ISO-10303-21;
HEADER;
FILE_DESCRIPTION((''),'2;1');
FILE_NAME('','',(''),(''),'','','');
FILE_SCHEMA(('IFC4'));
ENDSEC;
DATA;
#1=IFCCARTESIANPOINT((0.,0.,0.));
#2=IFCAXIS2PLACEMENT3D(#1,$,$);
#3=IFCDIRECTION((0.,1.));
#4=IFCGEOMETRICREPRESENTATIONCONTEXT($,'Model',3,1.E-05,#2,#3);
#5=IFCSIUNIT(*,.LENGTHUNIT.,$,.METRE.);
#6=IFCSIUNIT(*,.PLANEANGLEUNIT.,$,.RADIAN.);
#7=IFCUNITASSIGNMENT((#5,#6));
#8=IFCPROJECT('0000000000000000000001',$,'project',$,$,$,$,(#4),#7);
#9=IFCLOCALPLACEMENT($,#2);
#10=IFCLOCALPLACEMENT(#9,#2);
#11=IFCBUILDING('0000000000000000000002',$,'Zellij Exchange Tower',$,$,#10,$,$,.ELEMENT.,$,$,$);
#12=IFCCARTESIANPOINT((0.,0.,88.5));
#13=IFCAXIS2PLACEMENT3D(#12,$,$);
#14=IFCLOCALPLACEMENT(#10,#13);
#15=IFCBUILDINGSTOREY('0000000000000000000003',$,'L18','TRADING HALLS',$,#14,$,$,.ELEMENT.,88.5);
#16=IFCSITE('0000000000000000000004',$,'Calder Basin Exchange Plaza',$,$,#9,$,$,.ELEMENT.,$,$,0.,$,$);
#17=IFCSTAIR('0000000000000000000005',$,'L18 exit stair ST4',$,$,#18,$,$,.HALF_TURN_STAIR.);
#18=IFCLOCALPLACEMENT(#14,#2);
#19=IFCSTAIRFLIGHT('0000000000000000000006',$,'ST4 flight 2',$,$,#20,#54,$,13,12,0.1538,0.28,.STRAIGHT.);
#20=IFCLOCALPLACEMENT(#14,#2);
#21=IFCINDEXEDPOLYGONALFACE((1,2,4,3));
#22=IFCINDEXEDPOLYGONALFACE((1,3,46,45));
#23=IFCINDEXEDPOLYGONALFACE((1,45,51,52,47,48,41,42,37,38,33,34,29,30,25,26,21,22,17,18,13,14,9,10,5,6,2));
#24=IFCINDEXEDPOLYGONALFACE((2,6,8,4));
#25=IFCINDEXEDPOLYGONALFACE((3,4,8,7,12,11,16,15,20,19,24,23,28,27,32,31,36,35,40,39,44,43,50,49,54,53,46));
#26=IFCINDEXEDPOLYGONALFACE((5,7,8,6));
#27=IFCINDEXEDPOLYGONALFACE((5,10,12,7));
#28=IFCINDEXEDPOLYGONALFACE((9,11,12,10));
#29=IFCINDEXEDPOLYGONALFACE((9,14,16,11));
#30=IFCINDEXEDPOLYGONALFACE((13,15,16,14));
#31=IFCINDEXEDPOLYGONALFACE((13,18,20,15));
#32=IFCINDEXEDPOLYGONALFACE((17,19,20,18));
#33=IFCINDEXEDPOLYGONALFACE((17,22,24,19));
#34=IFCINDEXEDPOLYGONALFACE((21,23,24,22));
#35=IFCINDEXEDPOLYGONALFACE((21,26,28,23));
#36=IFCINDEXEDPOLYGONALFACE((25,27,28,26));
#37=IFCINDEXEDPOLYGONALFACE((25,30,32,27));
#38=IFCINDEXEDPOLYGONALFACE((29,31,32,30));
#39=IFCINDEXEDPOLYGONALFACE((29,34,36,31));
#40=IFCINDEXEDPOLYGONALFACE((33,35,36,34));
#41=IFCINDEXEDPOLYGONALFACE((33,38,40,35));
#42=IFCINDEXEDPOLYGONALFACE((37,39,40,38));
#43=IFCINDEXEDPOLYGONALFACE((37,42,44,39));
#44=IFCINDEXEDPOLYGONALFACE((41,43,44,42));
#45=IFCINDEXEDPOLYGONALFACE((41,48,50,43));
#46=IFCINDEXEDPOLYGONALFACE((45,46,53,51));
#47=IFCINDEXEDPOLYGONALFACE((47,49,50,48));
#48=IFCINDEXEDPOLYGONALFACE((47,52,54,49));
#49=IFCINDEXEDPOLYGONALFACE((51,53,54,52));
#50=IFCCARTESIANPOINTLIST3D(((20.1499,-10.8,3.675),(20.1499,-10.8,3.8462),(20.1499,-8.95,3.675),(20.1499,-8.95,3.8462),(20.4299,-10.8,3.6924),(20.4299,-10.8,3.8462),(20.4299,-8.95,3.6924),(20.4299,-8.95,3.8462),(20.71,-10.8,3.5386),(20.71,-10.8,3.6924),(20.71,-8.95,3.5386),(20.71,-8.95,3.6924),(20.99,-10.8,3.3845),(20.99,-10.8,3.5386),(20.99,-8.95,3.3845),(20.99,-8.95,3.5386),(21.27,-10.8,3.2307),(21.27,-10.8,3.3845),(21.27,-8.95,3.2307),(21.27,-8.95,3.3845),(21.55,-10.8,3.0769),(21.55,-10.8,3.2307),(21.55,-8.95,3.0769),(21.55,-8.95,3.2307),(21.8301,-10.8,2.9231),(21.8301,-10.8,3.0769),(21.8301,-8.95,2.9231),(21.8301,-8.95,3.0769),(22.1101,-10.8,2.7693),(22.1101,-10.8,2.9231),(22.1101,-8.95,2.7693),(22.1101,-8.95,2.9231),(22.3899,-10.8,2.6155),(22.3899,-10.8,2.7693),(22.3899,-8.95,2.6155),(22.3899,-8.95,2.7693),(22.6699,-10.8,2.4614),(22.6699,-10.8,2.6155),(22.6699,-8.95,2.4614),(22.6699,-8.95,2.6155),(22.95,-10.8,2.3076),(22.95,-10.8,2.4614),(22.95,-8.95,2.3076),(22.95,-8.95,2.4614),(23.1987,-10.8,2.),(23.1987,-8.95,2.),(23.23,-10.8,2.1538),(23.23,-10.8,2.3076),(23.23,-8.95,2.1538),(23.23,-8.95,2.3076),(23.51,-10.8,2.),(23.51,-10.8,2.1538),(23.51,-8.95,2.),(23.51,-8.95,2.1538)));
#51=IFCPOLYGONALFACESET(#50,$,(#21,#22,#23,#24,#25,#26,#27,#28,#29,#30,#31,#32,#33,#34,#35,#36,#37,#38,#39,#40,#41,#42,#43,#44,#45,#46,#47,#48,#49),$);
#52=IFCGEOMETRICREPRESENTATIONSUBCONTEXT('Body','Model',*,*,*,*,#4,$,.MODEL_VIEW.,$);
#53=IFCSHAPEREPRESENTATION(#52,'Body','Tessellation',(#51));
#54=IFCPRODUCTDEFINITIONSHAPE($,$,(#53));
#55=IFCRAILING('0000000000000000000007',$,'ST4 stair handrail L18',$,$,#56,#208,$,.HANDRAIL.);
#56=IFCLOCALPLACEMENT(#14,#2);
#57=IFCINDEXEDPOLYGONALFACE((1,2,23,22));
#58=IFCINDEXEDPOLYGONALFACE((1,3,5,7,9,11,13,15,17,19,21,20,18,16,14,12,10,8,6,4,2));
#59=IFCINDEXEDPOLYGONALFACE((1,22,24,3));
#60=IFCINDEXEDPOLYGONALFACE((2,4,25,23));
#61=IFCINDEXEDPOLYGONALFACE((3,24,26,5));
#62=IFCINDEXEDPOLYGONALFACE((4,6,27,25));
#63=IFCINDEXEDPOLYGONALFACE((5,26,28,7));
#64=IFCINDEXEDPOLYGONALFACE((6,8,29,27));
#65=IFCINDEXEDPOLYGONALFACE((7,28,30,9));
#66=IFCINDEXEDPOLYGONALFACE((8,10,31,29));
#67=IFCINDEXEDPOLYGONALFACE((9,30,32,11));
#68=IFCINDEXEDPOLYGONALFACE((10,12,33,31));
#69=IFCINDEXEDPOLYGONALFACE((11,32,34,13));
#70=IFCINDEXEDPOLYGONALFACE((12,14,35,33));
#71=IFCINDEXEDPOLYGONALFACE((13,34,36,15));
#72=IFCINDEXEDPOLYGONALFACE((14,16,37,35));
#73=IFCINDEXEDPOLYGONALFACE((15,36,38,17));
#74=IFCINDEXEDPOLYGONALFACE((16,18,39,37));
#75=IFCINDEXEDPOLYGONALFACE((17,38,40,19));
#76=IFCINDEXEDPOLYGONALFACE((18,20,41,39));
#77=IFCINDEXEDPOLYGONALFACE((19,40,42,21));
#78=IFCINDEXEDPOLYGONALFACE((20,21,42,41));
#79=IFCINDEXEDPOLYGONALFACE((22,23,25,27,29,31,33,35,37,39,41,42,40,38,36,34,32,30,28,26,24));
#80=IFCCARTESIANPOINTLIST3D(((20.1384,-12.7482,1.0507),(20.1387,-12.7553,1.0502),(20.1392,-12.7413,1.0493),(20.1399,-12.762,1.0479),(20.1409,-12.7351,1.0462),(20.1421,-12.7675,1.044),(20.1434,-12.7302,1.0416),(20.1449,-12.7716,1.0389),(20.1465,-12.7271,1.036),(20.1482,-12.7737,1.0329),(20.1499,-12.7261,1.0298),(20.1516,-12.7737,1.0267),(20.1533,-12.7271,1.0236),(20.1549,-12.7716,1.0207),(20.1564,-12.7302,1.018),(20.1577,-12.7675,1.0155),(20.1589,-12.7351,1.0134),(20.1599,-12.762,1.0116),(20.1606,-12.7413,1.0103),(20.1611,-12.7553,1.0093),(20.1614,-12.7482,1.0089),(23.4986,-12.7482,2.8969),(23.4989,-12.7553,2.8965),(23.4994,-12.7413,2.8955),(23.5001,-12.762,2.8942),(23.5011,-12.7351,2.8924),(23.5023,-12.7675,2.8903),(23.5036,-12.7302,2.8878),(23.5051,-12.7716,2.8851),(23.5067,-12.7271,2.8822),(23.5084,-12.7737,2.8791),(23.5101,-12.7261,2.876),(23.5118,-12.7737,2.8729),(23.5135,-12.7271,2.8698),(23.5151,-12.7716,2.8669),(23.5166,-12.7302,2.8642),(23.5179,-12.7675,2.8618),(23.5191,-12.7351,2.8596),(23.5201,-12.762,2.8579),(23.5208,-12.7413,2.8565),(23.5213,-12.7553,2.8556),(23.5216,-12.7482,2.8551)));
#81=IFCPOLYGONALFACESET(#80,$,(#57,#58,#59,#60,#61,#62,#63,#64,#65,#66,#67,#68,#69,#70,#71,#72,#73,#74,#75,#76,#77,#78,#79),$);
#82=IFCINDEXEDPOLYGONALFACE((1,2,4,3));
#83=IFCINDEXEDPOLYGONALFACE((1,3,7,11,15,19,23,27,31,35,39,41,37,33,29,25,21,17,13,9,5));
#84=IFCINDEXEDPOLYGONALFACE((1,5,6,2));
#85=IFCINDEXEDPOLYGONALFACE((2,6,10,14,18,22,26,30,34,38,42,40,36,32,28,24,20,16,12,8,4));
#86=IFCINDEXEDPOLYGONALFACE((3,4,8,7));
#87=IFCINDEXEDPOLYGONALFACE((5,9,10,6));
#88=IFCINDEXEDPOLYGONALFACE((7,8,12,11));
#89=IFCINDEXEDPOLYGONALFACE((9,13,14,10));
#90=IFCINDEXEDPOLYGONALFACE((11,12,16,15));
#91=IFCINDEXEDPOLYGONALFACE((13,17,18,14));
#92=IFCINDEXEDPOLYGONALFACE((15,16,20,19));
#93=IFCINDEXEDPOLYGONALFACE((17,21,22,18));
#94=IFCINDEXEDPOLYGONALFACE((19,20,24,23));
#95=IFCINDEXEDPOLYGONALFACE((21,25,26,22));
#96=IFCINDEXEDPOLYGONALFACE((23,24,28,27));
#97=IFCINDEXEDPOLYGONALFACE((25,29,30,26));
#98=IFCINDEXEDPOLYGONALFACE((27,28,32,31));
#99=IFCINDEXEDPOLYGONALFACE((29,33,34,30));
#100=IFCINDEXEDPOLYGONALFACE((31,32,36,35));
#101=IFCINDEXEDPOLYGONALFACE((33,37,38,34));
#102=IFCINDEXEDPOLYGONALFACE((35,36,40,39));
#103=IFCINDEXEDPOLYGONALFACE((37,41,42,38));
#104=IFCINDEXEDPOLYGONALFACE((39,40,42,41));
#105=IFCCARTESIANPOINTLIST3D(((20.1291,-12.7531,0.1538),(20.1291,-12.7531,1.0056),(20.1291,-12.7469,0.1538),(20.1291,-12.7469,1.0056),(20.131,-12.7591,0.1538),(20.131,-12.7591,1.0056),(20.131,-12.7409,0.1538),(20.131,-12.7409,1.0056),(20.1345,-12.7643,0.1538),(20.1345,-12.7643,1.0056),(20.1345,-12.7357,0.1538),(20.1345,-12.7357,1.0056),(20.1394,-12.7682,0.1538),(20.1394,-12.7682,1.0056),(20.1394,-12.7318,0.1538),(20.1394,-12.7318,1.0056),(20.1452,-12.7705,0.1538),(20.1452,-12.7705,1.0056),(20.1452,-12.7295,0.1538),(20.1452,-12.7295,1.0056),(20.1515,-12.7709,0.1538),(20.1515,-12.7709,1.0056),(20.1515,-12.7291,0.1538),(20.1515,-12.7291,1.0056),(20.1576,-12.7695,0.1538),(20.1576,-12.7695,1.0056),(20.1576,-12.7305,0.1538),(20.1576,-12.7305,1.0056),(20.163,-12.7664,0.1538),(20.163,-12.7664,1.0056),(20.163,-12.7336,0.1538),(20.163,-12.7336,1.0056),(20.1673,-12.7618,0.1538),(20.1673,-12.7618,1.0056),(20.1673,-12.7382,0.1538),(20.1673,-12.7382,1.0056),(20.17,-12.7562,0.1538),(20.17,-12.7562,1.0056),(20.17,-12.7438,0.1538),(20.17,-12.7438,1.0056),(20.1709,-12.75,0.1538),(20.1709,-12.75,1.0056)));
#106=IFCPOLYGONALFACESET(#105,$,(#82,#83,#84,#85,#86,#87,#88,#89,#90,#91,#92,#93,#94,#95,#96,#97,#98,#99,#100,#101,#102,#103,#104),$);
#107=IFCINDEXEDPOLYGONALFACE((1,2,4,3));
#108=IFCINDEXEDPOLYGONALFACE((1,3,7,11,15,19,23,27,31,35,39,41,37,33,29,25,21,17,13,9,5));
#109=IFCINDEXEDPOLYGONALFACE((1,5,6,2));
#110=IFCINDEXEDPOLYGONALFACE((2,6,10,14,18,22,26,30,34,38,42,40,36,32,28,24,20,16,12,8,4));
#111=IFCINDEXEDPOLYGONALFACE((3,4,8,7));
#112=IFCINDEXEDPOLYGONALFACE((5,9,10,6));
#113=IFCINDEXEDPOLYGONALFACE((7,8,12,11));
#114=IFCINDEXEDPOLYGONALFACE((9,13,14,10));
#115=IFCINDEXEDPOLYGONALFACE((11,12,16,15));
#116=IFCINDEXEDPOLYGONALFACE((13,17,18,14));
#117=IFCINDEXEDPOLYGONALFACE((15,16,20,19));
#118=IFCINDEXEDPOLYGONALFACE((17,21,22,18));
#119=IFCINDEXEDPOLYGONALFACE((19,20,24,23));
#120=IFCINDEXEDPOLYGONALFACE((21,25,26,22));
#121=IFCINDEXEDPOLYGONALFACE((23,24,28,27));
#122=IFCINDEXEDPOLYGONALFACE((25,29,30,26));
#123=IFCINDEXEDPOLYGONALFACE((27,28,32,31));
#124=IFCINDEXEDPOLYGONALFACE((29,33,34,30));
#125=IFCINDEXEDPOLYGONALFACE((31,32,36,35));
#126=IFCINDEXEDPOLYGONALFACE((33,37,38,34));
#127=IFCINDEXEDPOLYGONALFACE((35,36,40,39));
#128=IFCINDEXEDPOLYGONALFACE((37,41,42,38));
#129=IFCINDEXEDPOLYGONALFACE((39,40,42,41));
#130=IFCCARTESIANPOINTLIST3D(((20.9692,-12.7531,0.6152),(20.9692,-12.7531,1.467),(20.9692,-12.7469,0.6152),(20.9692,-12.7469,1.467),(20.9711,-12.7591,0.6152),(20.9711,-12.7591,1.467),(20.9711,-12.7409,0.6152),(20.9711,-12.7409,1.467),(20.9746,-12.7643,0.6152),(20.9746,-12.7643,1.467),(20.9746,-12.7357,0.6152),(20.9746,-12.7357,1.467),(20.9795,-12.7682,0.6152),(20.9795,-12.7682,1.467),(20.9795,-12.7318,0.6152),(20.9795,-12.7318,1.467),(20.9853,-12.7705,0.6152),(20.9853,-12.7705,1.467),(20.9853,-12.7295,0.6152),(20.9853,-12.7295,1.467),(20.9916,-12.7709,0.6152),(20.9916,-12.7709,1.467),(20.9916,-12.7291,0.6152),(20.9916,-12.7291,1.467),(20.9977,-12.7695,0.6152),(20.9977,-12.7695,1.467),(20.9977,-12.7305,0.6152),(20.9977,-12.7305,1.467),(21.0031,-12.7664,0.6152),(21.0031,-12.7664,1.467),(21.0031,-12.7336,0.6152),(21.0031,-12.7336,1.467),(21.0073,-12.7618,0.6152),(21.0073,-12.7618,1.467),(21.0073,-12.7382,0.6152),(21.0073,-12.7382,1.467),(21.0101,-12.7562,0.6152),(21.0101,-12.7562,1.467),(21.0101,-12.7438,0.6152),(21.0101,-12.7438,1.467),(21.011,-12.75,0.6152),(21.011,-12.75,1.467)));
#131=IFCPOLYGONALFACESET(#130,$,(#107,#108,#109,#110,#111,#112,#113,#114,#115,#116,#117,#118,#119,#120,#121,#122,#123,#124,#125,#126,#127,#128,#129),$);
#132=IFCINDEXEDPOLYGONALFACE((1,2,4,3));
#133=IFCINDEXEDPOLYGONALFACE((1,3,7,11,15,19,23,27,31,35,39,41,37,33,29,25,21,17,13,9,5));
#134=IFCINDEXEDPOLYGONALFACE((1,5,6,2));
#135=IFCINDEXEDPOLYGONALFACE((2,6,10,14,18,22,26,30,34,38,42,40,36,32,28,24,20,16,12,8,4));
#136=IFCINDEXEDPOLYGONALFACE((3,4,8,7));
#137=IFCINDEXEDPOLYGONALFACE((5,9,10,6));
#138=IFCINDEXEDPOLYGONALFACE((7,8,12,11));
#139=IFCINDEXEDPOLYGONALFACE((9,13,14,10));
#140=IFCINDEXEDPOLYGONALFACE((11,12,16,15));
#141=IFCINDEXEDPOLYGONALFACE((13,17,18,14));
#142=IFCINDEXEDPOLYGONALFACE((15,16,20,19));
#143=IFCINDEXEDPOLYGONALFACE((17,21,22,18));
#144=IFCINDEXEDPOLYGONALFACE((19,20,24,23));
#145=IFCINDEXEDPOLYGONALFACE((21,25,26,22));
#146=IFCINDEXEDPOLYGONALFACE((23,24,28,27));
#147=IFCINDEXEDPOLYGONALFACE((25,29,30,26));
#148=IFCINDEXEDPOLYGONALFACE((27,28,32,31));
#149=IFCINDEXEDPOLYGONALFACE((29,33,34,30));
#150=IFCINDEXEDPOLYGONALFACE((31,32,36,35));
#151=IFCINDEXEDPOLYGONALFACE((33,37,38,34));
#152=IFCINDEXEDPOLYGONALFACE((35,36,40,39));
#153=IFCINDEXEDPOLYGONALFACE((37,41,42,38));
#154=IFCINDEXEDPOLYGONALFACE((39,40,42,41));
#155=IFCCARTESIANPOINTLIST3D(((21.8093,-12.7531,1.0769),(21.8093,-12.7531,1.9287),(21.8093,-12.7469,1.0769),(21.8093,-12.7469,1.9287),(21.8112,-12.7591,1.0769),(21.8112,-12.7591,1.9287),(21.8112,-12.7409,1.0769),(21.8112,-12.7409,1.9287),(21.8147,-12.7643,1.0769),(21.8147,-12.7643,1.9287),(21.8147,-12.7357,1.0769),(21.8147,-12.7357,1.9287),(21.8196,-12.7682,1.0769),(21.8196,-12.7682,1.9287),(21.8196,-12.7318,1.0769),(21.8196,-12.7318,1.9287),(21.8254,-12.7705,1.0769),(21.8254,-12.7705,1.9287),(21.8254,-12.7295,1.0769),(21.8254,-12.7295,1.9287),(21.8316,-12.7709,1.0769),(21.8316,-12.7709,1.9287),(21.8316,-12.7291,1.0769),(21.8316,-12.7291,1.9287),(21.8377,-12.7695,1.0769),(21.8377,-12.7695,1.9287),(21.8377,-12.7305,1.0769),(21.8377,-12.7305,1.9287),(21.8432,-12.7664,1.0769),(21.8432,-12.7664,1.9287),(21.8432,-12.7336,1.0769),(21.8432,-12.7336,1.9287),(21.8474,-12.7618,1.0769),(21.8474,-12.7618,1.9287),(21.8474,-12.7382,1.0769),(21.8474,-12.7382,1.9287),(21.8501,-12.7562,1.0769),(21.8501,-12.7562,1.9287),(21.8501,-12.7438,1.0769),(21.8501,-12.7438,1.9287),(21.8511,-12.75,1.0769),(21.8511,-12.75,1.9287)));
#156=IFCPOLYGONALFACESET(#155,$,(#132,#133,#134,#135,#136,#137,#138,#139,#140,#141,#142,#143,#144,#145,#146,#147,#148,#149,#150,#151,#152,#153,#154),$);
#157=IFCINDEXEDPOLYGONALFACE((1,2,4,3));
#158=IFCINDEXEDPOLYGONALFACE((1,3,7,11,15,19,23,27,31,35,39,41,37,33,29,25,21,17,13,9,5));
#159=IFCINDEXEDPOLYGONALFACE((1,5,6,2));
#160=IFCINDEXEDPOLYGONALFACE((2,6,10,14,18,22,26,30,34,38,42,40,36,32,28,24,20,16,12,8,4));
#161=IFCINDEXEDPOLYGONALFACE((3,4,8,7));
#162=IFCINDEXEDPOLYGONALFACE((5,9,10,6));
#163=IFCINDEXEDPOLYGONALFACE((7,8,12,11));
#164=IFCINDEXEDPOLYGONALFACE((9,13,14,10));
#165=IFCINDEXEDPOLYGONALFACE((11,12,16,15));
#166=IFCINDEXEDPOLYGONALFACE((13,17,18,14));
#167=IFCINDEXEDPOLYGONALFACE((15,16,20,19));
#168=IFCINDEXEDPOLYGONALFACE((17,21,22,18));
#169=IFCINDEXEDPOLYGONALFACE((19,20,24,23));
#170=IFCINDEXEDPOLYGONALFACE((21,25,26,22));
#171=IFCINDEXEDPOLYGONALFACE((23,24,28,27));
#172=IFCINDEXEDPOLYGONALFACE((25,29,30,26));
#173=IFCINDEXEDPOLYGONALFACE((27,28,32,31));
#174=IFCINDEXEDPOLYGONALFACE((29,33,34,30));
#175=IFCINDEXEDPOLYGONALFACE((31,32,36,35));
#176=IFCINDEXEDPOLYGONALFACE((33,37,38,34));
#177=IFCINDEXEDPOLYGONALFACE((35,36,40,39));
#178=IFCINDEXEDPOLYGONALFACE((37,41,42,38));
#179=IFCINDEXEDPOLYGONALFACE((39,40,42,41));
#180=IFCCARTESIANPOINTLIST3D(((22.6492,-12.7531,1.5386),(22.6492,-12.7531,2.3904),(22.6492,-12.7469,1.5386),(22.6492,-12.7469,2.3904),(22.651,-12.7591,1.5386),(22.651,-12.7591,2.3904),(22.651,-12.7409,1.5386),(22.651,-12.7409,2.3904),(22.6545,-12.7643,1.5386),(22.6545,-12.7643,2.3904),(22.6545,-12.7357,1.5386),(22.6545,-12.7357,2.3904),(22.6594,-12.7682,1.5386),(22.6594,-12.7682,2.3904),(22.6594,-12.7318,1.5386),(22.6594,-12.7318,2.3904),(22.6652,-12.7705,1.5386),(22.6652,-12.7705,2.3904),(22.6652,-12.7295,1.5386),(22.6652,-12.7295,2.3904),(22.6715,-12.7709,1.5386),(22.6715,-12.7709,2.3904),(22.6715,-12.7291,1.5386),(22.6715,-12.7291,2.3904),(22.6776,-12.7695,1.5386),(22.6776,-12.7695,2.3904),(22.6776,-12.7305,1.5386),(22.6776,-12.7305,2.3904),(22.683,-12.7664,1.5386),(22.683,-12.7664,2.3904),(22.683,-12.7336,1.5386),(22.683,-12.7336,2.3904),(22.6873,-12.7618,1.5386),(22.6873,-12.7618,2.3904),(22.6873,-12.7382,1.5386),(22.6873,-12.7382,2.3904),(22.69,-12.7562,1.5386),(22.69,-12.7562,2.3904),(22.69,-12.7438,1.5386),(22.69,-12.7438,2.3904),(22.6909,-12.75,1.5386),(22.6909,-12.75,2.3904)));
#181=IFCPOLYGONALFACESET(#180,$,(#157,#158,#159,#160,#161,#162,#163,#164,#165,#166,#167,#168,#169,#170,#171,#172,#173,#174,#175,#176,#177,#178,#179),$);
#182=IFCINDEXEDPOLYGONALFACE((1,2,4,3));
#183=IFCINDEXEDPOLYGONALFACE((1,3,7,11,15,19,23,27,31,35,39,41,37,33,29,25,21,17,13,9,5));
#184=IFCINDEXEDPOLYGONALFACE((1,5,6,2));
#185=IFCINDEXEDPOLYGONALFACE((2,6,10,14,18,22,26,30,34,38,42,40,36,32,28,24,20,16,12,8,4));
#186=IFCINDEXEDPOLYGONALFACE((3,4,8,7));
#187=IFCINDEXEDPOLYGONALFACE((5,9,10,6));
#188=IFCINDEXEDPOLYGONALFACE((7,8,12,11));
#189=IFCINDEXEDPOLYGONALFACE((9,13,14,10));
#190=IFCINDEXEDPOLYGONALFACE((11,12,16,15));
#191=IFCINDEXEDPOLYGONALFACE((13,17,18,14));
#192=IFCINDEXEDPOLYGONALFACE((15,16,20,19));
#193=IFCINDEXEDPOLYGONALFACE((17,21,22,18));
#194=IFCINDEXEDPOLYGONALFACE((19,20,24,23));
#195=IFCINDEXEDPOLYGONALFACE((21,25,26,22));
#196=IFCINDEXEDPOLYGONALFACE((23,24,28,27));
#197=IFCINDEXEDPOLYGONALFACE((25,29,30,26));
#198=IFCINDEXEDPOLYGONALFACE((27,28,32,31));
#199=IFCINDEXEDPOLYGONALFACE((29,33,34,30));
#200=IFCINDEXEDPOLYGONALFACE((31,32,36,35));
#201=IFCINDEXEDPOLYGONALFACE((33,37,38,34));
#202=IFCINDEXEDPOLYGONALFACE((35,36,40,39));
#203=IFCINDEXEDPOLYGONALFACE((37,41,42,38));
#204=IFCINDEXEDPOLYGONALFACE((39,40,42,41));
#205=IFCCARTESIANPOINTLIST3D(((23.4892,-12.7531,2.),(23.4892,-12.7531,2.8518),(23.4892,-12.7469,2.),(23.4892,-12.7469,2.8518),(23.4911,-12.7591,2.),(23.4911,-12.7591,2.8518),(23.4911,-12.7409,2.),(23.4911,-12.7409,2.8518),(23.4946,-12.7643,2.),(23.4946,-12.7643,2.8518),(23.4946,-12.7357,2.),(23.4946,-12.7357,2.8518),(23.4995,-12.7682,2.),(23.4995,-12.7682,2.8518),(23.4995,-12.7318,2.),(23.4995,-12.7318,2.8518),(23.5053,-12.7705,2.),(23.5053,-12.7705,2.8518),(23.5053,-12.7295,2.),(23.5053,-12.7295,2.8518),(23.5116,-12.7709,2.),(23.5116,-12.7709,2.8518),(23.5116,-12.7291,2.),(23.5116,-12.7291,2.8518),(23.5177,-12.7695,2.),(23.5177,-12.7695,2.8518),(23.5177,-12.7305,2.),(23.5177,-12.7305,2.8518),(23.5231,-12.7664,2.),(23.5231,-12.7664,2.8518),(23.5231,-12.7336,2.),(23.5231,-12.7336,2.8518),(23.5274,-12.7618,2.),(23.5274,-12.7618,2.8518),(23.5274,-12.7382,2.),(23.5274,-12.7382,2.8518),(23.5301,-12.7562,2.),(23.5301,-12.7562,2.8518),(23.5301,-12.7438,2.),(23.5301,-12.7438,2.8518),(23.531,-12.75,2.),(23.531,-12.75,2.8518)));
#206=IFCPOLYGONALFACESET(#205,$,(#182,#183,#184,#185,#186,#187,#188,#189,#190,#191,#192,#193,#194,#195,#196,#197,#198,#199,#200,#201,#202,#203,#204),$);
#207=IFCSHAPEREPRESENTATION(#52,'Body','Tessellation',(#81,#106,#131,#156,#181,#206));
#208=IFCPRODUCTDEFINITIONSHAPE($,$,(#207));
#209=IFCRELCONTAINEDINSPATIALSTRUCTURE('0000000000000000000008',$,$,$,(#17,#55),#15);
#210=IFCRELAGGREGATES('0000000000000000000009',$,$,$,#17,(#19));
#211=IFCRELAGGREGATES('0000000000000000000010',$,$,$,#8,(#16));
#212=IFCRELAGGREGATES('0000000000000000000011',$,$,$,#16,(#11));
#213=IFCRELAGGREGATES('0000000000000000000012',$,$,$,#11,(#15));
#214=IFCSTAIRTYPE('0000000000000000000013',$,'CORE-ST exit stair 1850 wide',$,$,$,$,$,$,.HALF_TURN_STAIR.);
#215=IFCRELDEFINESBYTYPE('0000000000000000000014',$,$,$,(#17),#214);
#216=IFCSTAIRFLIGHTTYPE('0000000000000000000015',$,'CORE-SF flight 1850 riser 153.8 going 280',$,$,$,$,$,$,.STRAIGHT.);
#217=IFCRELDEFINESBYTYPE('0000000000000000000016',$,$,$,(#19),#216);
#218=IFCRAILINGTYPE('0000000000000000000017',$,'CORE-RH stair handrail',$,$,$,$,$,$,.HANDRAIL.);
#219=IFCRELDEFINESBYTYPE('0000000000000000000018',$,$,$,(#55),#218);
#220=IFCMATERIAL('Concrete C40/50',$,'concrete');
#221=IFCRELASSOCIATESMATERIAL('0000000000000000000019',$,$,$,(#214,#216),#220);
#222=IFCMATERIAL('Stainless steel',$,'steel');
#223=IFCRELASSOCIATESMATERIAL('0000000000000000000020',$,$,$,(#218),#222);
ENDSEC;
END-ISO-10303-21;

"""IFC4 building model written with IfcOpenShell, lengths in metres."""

from ifc_helpers import new_model, si_unit, direction, frame, origin, origin_2d, place, context, subcontext, project, spatial, polyline, circle, outline, extrude, material, type_object, element, aggregate, save


model = new_model("IFC4")

# Units and contexts
model_context = context("Model", 3, precision=1e-05, world=origin(), true_north=direction((0.0, 1.0)))
body_context = subcontext(model_context, "Body", "Model", "MODEL_VIEW")
ifc_project = project(units=[si_unit("LENGTHUNIT", "METRE"), si_unit("PLANEANGLEUNIT", "RADIAN")], contexts=[model_context])

# Site, building, storey
site_placement = place(None, origin())
site = spatial("IfcSite", under=ifc_project, at=site_placement, Name="Calder Basin Exchange Plaza", CompositionType="ELEMENT", RefElevation=0.0)
building_placement = place(site_placement, origin())
building = spatial("IfcBuilding", under=site, at=building_placement, Name="Zellij Exchange Tower", CompositionType="ELEMENT")
storey_placement = place(building_placement, frame((0.0, 0.0, 88.5)))
storey = spatial("IfcBuildingStorey", under=building, at=storey_placement, Name="L18", Description="TRADING HALLS", CompositionType="ELEMENT", Elevation=88.5)

# Stair, stair flight
ifc_material_1 = material(Name="Concrete C40/50", Category="concrete")
stair_type = type_object("IfcStairType", Name="CORE-ST exit stair 1850 wide", PredefinedType="HALF_TURN_STAIR", material=ifc_material_1)
stair_placement = place(storey_placement, origin())
stair = element("IfcStair", 1, at=stair_placement, inside=storey, type_object=stair_type, Name="L18 exit stair ST4", PredefinedType="HALF_TURN_STAIR")
stair_flight_type = type_object("IfcStairFlightType", Name="CORE-SF flight 1850 riser 153.8 going 280", PredefinedType="STRAIGHT", material=ifc_material_1)
stair_flight_1_placement = place(storey_placement, frame((23.51, -9.875, 2.0), z_axis=(0.0, 0.0, 1.0), x_axis=(-1.0, 0.0, 0.0)))
stair_flight_1 = element("IfcStairFlight", 2, at=stair_flight_1_placement, type_object=stair_flight_type, Name="ST4 flight 2", NumberOfRisers=13, NumberOfTreads=12, PredefinedType="STRAIGHT", RiserHeight=0.1538, TreadLength=0.28, context=body_context, shape_type="SweptSolid", body=[
    extrude(outline(polyline([(0.0, 0.0), (0.0, 0.1538), (0.28, 0.1538), (0.28, 0.3076), (0.5601, 0.3076), (0.5601, 0.4614), (0.8401, 0.4614), (0.8401, 0.6155), (1.1201, 0.6155), (1.1201, 0.7693), (1.3999, 0.7693), (1.3999, 0.9231), (1.6799, 0.9231), (1.6799, 1.0769), (1.96, 1.0769), (1.96, 1.2307), (2.24, 1.2307), (2.24, 1.3845), (2.52, 1.3845), (2.52, 1.5386), (2.8, 1.5386), (2.8, 1.6924), (3.0801, 1.6924), (3.0801, 1.8462), (3.3601, 1.8462), (3.3601, 2.0), (3.3601, 1.675), (0.3113, 0.0), (0.0, 0.0)])), frame((0.0, 0.925, 0.0), z_axis=(0.0, -1.0, 0.0), x_axis=(1.0, 0.0, 0.0)), (0.0, 0.0, 1.0), 1.8501),
])
aggregate(stair, [stair_flight_1])

# Railing
ifc_material_2 = material(Name="Stainless steel", Category="steel")
railing_type_1 = type_object("IfcRailingType", Name="CORE-RH stair handrail", PredefinedType="HANDRAIL", material=ifc_material_2)
railing_1_placement = place(storey_placement, frame((20.1499, -12.75, 0.1538)))
element("IfcRailing", 3, at=railing_1_placement, inside=storey, type_object=railing_type_1, Name="ST4 stair handrail L18", PredefinedType="HANDRAIL", context=body_context, shape_type="SweptSolid", body=[
    extrude(circle(Radius=0.0239, at=origin_2d()), frame((0.0, 0.0, 0.876), z_axis=(0.876422, 0.0, 0.481545), x_axis=(0.0, 1.0, 0.0)), (0.0, 0.0, 1.0), 3.834),
    extrude(circle(Radius=0.021, at=origin_2d()), origin(), (0.0, 0.0, 1.0), 0.8518),
    extrude(circle(Radius=0.021, at=origin_2d()), frame((0.8401, 0.0, 0.4614)), (0.0, 0.0, 1.0), 0.8518),
    extrude(circle(Radius=0.021, at=origin_2d()), frame((1.6802, 0.0, 0.9231)), (0.0, 0.0, 1.0), 0.8518),
    extrude(circle(Radius=0.021, at=origin_2d()), frame((2.52, 0.0, 1.3848)), (0.0, 0.0, 1.0), 0.8518),
    extrude(circle(Radius=0.021, at=origin_2d()), frame((3.3601, 0.0, 1.8462)), (0.0, 0.0, 1.0), 0.8518),
])

save(model, "model.ifc")
